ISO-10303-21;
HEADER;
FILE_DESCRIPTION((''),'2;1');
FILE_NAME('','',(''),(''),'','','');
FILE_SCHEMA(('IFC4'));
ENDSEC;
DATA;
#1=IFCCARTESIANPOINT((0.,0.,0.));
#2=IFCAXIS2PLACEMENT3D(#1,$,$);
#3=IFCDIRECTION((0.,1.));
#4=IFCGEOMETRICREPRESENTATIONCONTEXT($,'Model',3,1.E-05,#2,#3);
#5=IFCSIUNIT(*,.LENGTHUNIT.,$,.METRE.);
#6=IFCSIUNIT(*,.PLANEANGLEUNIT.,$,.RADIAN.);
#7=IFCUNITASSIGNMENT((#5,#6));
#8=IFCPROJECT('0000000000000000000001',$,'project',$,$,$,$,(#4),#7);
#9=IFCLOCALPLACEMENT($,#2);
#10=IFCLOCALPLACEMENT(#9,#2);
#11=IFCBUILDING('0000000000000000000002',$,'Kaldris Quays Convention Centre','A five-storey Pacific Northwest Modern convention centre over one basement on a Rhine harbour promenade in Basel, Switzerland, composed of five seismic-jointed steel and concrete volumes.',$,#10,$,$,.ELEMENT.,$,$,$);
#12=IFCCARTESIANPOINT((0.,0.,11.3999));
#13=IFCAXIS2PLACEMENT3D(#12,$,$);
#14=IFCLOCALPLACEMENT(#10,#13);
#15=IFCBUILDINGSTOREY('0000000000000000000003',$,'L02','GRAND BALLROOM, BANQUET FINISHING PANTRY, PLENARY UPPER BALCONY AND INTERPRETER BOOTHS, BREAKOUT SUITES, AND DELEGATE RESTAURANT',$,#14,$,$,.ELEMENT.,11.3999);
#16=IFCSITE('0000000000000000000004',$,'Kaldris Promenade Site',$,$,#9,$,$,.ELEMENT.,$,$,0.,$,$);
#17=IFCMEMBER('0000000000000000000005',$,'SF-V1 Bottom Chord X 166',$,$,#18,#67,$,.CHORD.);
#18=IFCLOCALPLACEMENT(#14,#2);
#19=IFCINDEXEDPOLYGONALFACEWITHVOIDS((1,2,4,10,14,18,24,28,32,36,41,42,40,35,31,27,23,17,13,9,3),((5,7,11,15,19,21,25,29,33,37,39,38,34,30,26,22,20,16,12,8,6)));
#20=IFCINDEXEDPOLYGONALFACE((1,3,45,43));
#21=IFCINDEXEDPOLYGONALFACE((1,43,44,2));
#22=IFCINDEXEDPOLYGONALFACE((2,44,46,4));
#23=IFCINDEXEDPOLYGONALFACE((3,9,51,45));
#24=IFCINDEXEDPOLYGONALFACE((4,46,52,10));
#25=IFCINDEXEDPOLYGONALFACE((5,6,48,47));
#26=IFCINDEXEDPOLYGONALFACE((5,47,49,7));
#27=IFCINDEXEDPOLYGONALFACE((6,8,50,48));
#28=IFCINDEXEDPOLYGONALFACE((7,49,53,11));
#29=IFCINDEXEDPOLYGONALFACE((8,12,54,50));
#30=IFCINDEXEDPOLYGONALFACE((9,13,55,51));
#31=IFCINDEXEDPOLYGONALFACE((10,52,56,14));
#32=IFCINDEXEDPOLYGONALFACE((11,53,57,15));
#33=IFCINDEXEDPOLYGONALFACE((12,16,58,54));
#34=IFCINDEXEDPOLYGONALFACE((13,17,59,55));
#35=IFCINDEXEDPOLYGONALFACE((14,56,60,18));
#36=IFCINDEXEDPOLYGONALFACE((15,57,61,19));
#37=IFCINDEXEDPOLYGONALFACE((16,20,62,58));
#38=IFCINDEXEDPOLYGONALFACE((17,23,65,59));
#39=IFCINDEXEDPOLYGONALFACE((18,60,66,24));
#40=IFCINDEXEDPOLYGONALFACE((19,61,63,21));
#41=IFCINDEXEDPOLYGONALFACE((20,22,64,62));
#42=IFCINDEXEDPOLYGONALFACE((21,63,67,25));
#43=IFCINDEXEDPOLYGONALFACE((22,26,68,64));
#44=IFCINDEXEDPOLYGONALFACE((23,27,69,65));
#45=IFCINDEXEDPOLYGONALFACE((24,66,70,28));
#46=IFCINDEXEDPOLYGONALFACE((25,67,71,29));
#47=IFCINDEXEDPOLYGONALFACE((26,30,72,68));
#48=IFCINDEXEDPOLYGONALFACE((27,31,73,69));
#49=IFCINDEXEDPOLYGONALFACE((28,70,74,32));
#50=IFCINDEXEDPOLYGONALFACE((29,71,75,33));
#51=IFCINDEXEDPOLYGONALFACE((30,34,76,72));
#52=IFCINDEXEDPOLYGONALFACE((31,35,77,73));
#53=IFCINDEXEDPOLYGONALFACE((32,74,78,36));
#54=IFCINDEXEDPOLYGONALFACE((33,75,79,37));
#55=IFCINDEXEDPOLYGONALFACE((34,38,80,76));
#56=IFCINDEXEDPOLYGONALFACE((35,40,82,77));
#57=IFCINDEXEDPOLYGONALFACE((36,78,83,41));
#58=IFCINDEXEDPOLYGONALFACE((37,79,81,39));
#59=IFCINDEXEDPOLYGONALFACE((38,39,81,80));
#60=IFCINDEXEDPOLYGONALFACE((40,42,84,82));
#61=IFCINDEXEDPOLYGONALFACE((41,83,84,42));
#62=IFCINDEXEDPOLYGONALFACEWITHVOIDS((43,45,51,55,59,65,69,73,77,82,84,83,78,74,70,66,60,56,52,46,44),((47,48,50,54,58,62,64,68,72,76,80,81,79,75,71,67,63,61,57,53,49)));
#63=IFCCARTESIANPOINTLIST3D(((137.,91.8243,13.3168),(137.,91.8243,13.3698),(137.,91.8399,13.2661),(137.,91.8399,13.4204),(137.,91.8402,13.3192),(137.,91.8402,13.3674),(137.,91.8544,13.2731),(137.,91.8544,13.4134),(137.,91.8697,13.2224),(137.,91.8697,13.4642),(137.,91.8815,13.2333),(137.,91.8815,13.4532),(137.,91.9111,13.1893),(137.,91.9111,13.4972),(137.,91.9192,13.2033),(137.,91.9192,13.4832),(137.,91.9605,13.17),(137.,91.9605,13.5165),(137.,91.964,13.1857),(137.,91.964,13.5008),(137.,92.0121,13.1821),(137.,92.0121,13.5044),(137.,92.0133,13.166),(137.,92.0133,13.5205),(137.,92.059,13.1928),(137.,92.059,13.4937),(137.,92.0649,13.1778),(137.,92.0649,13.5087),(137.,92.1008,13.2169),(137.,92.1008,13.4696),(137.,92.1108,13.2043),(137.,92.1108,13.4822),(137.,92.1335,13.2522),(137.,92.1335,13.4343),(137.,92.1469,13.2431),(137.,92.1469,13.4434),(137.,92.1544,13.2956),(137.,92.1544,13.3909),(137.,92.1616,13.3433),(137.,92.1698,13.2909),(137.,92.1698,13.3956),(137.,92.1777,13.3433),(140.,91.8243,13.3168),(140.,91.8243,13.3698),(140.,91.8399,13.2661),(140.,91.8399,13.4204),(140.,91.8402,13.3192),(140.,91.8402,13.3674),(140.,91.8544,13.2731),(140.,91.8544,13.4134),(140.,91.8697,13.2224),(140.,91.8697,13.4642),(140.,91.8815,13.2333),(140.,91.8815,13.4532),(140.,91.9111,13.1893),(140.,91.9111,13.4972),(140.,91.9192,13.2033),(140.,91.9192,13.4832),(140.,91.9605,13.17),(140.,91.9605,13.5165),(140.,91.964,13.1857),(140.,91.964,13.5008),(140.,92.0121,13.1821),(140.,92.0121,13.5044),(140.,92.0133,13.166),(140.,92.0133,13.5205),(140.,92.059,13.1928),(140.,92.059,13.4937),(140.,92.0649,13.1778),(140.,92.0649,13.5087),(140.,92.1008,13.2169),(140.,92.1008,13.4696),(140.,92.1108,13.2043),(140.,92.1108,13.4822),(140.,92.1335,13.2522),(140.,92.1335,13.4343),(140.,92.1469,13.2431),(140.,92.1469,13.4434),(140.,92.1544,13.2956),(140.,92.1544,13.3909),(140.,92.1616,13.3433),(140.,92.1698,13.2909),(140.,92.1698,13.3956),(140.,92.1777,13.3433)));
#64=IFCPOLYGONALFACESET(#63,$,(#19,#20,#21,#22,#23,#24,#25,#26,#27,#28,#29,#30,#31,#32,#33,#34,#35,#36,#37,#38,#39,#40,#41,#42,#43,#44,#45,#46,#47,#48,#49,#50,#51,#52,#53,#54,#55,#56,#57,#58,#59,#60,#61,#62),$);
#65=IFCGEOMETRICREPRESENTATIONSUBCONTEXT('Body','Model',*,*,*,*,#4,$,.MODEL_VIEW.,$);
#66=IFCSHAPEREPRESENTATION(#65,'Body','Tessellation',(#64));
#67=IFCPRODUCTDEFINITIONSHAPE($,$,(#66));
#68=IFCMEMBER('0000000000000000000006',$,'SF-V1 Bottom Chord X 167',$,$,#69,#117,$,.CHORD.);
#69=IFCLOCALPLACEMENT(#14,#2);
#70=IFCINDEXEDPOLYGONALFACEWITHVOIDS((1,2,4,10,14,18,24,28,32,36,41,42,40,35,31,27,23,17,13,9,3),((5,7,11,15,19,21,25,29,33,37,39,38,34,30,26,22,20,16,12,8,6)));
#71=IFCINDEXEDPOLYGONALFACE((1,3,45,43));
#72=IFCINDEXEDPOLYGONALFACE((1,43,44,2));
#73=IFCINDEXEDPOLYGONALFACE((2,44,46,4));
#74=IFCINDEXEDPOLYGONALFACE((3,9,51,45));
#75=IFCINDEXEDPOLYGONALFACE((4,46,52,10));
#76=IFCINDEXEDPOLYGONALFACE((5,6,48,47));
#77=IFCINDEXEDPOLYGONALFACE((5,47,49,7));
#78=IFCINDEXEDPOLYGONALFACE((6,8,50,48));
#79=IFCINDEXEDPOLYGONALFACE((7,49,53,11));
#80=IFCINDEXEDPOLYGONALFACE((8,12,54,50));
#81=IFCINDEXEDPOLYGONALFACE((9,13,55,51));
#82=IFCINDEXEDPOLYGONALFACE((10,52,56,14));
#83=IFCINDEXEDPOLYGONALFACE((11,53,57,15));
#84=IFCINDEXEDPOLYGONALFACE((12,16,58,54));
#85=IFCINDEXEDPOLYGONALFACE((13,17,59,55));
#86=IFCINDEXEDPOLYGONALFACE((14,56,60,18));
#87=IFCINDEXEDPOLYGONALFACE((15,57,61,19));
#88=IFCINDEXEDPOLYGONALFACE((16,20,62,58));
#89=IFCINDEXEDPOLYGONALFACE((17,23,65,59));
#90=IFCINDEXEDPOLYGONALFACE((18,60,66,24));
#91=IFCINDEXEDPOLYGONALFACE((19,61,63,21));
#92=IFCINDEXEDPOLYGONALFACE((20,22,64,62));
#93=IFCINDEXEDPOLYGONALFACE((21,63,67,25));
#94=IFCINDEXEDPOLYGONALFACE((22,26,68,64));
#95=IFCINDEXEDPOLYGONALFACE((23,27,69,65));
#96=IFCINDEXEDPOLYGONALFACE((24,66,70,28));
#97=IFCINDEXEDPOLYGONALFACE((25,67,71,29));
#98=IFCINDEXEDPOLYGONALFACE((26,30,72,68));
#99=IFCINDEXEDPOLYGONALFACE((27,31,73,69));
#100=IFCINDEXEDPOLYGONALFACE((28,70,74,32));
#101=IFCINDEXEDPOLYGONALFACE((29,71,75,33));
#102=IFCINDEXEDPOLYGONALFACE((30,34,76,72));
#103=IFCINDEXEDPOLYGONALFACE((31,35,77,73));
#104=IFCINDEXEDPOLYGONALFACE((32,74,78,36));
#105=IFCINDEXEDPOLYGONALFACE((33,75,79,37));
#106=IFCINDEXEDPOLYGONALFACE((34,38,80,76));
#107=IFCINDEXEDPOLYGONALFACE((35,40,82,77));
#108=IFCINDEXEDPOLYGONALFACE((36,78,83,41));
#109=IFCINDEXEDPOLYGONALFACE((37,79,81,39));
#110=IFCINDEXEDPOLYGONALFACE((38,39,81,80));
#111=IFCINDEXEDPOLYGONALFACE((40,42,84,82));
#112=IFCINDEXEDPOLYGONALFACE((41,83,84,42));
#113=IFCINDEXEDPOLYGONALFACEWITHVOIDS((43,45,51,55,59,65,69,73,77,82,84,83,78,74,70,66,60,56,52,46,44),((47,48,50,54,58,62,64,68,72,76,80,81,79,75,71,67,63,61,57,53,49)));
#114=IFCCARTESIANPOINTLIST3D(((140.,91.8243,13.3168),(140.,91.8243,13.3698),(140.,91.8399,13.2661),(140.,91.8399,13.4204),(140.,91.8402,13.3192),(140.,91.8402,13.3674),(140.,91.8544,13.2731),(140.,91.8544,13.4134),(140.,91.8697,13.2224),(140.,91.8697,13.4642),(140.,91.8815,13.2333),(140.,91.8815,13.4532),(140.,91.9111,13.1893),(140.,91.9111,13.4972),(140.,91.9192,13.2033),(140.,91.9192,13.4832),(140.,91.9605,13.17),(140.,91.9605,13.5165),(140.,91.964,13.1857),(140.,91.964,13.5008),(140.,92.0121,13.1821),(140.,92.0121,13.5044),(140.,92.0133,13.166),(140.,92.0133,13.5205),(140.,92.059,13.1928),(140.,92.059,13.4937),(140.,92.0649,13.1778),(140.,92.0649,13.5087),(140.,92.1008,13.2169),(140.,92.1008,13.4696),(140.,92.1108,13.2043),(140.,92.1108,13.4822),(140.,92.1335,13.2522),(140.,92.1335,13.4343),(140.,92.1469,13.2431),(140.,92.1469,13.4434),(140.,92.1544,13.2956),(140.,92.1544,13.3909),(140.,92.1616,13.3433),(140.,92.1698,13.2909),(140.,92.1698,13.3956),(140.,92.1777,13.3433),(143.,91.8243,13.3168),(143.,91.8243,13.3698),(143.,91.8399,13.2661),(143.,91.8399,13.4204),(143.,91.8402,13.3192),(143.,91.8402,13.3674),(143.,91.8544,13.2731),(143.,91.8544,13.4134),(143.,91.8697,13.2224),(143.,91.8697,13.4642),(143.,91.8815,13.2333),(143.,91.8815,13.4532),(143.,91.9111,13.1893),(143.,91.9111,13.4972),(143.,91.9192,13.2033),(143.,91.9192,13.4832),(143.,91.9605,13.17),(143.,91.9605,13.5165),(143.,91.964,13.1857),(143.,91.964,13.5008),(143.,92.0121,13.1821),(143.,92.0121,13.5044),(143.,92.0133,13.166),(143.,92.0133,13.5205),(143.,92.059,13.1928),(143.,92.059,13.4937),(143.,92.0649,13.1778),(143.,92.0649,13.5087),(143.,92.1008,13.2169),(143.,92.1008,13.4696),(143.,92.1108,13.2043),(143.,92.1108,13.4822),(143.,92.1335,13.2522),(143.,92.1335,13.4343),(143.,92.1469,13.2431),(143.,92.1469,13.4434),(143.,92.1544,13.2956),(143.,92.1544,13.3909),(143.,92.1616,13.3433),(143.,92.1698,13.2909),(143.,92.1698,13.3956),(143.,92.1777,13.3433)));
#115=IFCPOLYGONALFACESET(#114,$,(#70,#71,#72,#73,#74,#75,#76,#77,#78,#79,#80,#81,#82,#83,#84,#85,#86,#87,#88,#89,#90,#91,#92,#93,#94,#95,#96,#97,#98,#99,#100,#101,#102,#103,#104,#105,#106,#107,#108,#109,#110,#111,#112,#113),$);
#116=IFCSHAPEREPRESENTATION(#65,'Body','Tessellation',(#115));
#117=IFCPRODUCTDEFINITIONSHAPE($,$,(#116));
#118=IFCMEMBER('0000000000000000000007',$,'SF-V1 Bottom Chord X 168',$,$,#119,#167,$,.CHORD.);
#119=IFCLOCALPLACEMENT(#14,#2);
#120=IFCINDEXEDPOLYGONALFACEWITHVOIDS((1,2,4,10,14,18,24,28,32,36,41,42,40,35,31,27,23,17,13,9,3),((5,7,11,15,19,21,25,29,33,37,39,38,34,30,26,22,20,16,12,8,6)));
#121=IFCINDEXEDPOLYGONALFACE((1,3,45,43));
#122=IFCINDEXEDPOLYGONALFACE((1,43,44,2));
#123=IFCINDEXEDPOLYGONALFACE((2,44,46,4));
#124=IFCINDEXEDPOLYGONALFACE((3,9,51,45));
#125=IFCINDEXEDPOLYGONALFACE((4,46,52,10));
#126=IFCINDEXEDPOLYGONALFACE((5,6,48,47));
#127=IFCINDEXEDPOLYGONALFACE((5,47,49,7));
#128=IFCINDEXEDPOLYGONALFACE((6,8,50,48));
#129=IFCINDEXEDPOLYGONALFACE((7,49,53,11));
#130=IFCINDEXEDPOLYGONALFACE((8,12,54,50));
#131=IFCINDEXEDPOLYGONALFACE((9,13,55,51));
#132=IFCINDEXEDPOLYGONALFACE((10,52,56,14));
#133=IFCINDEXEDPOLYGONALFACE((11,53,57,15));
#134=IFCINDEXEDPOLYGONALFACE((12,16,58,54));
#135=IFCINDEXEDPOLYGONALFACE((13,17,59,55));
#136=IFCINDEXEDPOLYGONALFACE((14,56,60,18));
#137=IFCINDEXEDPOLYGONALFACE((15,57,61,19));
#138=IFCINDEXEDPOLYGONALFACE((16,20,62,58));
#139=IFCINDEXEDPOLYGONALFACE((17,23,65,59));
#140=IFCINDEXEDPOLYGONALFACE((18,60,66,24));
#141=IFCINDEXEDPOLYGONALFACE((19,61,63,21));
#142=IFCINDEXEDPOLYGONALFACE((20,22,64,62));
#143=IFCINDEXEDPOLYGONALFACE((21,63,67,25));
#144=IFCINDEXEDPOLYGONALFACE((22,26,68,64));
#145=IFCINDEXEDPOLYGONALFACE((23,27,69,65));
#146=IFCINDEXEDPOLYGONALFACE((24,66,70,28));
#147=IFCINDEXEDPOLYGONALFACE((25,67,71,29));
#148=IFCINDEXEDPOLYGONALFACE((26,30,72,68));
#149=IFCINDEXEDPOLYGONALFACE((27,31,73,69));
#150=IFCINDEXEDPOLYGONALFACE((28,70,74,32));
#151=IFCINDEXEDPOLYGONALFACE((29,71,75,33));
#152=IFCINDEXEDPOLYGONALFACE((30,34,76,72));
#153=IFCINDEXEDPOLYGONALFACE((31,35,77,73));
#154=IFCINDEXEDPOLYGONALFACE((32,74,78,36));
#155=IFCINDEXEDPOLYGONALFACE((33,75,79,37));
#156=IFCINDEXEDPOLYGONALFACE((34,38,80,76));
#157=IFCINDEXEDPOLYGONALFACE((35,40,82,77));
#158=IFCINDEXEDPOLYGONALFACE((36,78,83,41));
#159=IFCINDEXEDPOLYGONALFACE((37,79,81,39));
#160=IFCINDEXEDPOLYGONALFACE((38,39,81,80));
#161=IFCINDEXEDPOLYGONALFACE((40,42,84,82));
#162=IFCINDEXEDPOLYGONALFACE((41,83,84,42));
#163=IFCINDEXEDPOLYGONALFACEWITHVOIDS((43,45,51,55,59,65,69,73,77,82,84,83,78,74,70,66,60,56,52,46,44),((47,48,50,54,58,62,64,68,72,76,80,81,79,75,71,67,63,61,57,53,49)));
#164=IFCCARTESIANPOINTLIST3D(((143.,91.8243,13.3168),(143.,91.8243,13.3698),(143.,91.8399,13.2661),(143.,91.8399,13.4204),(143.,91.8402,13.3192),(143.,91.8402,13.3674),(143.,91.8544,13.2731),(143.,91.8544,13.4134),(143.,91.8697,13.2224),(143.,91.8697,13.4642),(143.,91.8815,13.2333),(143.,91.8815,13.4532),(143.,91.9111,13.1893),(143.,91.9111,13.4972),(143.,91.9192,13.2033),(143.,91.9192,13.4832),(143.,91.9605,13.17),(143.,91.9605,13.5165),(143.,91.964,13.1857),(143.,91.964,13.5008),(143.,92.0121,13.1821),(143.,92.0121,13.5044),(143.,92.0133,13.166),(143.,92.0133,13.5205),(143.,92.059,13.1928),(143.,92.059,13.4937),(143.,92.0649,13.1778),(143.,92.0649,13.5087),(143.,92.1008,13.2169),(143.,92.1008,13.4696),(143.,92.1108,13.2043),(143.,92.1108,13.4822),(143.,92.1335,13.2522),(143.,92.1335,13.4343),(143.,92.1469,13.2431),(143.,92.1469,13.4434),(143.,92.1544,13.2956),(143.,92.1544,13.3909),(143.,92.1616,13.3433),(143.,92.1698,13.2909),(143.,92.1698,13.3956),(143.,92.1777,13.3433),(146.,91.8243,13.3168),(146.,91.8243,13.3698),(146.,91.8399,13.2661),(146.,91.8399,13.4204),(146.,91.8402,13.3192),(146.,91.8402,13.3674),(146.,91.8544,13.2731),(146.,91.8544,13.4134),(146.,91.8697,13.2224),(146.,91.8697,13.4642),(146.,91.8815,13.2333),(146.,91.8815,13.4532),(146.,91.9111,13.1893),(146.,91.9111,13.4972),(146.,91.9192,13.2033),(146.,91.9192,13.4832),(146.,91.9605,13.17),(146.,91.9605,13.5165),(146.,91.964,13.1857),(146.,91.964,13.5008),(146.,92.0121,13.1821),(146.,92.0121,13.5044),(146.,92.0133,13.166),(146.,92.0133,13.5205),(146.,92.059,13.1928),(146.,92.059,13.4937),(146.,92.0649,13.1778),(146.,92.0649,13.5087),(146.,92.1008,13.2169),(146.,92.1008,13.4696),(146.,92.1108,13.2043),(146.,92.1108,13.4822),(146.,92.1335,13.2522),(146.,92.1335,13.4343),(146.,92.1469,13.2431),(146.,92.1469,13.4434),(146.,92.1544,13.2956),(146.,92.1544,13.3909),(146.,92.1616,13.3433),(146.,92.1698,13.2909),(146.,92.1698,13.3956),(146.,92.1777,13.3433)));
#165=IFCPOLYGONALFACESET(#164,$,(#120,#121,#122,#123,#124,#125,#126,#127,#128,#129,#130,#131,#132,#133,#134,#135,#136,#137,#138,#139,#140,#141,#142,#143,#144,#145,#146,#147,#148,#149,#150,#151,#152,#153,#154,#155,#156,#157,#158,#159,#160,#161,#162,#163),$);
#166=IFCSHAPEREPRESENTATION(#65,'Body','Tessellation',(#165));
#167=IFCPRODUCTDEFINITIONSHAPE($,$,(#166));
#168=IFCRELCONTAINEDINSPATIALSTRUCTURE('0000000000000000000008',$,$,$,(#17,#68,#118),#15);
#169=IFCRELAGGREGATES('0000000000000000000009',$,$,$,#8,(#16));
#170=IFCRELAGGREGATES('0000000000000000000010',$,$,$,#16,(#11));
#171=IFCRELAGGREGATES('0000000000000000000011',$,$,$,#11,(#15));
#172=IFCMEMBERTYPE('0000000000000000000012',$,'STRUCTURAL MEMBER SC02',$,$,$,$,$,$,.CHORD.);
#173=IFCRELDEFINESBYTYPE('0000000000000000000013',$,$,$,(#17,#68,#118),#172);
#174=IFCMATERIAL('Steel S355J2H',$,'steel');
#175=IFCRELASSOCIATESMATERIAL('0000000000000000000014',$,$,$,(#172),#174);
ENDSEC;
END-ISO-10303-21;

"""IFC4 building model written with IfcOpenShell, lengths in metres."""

from ifc_helpers import new_model, si_unit, direction, frame, origin, origin_2d, place, context, subcontext, project, spatial, hollow_circle, extrude, material, material_profile, profile_set, type_object, element, save


model = new_model("IFC4")

# Units and contexts
model_context = context("Model", 3, precision=1e-05, world=origin(), true_north=direction((0.0, 1.0)))
body_context = subcontext(model_context, "Body", "Model", "MODEL_VIEW")
ifc_project = project(units=[si_unit("LENGTHUNIT", "METRE"), si_unit("PLANEANGLEUNIT", "RADIAN")], contexts=[model_context])

# Site, building, storey
site_placement = place(None, origin())
site = spatial("IfcSite", under=ifc_project, at=site_placement, Name="Kaldris Promenade Site", CompositionType="ELEMENT", RefElevation=0.0)
building_placement = place(site_placement, origin())
building = spatial("IfcBuilding", under=site, at=building_placement, Name="Kaldris Quays Convention Centre", Description="A five-storey Pacific Northwest Modern convention centre over one basement on a Rhine harbour promenade in Basel, Switzerland, composed of five seismic-jointed steel and concrete volumes.", CompositionType="ELEMENT")
storey_placement = place(building_placement, frame((0.0, 0.0, 11.3999)))
storey = spatial("IfcBuildingStorey", under=building, at=storey_placement, Name="L02", Description="GRAND BALLROOM, BANQUET FINISHING PANTRY, PLENARY UPPER BALCONY AND INTERPRETER BOOTHS, BREAKOUT SUITES, AND DELEGATE RESTAURANT", CompositionType="ELEMENT", Elevation=11.3999)

# Members
ifc_material_1 = material(Name="Steel S355J2H", Category="steel")
ifc_material_profile_1 = material_profile(ifc_material_1, hollow_circle(Radius=0.1777, WallThickness=0.0161, at=origin_2d()), Name="CHS 355.6x16")
ifc_profile_set_1 = profile_set([ifc_material_profile_1], Name="Steel S355J2H")
member_type_1 = type_object("IfcMemberType", Name="STRUCTURAL MEMBER SC02", PredefinedType="CHORD", material=ifc_profile_set_1)
for number, where, z_axis, x_axis, name in (
    (1, (137.0, 92.0, 13.3433), (1.0, 0.0, 0.0), (0.0, 1.0, 0.0), "SF-V1 Bottom Chord X 166"),
    (2, (140.0, 92.0, 13.3433), (1.0, 0.0, 0.0), (0.0, 1.0, 0.0), "SF-V1 Bottom Chord X 167"),
    (3, (143.0, 92.0, 13.3433), (1.0, 0.0, 0.0), (0.0, 1.0, 0.0), "SF-V1 Bottom Chord X 168"),
):
    element("IfcMember", number, at=place(storey_placement, frame(where, z_axis=z_axis, x_axis=x_axis)), inside=storey, type_object=member_type_1, Name=name, PredefinedType="CHORD", context=body_context, shape_type="SweptSolid", body=[
        extrude(hollow_circle(Radius=0.1777, WallThickness=0.0161, at=origin_2d()), origin(), (0.0, 0.0, 1.0), 3.0),
    ])

save(model, "model.ifc")
